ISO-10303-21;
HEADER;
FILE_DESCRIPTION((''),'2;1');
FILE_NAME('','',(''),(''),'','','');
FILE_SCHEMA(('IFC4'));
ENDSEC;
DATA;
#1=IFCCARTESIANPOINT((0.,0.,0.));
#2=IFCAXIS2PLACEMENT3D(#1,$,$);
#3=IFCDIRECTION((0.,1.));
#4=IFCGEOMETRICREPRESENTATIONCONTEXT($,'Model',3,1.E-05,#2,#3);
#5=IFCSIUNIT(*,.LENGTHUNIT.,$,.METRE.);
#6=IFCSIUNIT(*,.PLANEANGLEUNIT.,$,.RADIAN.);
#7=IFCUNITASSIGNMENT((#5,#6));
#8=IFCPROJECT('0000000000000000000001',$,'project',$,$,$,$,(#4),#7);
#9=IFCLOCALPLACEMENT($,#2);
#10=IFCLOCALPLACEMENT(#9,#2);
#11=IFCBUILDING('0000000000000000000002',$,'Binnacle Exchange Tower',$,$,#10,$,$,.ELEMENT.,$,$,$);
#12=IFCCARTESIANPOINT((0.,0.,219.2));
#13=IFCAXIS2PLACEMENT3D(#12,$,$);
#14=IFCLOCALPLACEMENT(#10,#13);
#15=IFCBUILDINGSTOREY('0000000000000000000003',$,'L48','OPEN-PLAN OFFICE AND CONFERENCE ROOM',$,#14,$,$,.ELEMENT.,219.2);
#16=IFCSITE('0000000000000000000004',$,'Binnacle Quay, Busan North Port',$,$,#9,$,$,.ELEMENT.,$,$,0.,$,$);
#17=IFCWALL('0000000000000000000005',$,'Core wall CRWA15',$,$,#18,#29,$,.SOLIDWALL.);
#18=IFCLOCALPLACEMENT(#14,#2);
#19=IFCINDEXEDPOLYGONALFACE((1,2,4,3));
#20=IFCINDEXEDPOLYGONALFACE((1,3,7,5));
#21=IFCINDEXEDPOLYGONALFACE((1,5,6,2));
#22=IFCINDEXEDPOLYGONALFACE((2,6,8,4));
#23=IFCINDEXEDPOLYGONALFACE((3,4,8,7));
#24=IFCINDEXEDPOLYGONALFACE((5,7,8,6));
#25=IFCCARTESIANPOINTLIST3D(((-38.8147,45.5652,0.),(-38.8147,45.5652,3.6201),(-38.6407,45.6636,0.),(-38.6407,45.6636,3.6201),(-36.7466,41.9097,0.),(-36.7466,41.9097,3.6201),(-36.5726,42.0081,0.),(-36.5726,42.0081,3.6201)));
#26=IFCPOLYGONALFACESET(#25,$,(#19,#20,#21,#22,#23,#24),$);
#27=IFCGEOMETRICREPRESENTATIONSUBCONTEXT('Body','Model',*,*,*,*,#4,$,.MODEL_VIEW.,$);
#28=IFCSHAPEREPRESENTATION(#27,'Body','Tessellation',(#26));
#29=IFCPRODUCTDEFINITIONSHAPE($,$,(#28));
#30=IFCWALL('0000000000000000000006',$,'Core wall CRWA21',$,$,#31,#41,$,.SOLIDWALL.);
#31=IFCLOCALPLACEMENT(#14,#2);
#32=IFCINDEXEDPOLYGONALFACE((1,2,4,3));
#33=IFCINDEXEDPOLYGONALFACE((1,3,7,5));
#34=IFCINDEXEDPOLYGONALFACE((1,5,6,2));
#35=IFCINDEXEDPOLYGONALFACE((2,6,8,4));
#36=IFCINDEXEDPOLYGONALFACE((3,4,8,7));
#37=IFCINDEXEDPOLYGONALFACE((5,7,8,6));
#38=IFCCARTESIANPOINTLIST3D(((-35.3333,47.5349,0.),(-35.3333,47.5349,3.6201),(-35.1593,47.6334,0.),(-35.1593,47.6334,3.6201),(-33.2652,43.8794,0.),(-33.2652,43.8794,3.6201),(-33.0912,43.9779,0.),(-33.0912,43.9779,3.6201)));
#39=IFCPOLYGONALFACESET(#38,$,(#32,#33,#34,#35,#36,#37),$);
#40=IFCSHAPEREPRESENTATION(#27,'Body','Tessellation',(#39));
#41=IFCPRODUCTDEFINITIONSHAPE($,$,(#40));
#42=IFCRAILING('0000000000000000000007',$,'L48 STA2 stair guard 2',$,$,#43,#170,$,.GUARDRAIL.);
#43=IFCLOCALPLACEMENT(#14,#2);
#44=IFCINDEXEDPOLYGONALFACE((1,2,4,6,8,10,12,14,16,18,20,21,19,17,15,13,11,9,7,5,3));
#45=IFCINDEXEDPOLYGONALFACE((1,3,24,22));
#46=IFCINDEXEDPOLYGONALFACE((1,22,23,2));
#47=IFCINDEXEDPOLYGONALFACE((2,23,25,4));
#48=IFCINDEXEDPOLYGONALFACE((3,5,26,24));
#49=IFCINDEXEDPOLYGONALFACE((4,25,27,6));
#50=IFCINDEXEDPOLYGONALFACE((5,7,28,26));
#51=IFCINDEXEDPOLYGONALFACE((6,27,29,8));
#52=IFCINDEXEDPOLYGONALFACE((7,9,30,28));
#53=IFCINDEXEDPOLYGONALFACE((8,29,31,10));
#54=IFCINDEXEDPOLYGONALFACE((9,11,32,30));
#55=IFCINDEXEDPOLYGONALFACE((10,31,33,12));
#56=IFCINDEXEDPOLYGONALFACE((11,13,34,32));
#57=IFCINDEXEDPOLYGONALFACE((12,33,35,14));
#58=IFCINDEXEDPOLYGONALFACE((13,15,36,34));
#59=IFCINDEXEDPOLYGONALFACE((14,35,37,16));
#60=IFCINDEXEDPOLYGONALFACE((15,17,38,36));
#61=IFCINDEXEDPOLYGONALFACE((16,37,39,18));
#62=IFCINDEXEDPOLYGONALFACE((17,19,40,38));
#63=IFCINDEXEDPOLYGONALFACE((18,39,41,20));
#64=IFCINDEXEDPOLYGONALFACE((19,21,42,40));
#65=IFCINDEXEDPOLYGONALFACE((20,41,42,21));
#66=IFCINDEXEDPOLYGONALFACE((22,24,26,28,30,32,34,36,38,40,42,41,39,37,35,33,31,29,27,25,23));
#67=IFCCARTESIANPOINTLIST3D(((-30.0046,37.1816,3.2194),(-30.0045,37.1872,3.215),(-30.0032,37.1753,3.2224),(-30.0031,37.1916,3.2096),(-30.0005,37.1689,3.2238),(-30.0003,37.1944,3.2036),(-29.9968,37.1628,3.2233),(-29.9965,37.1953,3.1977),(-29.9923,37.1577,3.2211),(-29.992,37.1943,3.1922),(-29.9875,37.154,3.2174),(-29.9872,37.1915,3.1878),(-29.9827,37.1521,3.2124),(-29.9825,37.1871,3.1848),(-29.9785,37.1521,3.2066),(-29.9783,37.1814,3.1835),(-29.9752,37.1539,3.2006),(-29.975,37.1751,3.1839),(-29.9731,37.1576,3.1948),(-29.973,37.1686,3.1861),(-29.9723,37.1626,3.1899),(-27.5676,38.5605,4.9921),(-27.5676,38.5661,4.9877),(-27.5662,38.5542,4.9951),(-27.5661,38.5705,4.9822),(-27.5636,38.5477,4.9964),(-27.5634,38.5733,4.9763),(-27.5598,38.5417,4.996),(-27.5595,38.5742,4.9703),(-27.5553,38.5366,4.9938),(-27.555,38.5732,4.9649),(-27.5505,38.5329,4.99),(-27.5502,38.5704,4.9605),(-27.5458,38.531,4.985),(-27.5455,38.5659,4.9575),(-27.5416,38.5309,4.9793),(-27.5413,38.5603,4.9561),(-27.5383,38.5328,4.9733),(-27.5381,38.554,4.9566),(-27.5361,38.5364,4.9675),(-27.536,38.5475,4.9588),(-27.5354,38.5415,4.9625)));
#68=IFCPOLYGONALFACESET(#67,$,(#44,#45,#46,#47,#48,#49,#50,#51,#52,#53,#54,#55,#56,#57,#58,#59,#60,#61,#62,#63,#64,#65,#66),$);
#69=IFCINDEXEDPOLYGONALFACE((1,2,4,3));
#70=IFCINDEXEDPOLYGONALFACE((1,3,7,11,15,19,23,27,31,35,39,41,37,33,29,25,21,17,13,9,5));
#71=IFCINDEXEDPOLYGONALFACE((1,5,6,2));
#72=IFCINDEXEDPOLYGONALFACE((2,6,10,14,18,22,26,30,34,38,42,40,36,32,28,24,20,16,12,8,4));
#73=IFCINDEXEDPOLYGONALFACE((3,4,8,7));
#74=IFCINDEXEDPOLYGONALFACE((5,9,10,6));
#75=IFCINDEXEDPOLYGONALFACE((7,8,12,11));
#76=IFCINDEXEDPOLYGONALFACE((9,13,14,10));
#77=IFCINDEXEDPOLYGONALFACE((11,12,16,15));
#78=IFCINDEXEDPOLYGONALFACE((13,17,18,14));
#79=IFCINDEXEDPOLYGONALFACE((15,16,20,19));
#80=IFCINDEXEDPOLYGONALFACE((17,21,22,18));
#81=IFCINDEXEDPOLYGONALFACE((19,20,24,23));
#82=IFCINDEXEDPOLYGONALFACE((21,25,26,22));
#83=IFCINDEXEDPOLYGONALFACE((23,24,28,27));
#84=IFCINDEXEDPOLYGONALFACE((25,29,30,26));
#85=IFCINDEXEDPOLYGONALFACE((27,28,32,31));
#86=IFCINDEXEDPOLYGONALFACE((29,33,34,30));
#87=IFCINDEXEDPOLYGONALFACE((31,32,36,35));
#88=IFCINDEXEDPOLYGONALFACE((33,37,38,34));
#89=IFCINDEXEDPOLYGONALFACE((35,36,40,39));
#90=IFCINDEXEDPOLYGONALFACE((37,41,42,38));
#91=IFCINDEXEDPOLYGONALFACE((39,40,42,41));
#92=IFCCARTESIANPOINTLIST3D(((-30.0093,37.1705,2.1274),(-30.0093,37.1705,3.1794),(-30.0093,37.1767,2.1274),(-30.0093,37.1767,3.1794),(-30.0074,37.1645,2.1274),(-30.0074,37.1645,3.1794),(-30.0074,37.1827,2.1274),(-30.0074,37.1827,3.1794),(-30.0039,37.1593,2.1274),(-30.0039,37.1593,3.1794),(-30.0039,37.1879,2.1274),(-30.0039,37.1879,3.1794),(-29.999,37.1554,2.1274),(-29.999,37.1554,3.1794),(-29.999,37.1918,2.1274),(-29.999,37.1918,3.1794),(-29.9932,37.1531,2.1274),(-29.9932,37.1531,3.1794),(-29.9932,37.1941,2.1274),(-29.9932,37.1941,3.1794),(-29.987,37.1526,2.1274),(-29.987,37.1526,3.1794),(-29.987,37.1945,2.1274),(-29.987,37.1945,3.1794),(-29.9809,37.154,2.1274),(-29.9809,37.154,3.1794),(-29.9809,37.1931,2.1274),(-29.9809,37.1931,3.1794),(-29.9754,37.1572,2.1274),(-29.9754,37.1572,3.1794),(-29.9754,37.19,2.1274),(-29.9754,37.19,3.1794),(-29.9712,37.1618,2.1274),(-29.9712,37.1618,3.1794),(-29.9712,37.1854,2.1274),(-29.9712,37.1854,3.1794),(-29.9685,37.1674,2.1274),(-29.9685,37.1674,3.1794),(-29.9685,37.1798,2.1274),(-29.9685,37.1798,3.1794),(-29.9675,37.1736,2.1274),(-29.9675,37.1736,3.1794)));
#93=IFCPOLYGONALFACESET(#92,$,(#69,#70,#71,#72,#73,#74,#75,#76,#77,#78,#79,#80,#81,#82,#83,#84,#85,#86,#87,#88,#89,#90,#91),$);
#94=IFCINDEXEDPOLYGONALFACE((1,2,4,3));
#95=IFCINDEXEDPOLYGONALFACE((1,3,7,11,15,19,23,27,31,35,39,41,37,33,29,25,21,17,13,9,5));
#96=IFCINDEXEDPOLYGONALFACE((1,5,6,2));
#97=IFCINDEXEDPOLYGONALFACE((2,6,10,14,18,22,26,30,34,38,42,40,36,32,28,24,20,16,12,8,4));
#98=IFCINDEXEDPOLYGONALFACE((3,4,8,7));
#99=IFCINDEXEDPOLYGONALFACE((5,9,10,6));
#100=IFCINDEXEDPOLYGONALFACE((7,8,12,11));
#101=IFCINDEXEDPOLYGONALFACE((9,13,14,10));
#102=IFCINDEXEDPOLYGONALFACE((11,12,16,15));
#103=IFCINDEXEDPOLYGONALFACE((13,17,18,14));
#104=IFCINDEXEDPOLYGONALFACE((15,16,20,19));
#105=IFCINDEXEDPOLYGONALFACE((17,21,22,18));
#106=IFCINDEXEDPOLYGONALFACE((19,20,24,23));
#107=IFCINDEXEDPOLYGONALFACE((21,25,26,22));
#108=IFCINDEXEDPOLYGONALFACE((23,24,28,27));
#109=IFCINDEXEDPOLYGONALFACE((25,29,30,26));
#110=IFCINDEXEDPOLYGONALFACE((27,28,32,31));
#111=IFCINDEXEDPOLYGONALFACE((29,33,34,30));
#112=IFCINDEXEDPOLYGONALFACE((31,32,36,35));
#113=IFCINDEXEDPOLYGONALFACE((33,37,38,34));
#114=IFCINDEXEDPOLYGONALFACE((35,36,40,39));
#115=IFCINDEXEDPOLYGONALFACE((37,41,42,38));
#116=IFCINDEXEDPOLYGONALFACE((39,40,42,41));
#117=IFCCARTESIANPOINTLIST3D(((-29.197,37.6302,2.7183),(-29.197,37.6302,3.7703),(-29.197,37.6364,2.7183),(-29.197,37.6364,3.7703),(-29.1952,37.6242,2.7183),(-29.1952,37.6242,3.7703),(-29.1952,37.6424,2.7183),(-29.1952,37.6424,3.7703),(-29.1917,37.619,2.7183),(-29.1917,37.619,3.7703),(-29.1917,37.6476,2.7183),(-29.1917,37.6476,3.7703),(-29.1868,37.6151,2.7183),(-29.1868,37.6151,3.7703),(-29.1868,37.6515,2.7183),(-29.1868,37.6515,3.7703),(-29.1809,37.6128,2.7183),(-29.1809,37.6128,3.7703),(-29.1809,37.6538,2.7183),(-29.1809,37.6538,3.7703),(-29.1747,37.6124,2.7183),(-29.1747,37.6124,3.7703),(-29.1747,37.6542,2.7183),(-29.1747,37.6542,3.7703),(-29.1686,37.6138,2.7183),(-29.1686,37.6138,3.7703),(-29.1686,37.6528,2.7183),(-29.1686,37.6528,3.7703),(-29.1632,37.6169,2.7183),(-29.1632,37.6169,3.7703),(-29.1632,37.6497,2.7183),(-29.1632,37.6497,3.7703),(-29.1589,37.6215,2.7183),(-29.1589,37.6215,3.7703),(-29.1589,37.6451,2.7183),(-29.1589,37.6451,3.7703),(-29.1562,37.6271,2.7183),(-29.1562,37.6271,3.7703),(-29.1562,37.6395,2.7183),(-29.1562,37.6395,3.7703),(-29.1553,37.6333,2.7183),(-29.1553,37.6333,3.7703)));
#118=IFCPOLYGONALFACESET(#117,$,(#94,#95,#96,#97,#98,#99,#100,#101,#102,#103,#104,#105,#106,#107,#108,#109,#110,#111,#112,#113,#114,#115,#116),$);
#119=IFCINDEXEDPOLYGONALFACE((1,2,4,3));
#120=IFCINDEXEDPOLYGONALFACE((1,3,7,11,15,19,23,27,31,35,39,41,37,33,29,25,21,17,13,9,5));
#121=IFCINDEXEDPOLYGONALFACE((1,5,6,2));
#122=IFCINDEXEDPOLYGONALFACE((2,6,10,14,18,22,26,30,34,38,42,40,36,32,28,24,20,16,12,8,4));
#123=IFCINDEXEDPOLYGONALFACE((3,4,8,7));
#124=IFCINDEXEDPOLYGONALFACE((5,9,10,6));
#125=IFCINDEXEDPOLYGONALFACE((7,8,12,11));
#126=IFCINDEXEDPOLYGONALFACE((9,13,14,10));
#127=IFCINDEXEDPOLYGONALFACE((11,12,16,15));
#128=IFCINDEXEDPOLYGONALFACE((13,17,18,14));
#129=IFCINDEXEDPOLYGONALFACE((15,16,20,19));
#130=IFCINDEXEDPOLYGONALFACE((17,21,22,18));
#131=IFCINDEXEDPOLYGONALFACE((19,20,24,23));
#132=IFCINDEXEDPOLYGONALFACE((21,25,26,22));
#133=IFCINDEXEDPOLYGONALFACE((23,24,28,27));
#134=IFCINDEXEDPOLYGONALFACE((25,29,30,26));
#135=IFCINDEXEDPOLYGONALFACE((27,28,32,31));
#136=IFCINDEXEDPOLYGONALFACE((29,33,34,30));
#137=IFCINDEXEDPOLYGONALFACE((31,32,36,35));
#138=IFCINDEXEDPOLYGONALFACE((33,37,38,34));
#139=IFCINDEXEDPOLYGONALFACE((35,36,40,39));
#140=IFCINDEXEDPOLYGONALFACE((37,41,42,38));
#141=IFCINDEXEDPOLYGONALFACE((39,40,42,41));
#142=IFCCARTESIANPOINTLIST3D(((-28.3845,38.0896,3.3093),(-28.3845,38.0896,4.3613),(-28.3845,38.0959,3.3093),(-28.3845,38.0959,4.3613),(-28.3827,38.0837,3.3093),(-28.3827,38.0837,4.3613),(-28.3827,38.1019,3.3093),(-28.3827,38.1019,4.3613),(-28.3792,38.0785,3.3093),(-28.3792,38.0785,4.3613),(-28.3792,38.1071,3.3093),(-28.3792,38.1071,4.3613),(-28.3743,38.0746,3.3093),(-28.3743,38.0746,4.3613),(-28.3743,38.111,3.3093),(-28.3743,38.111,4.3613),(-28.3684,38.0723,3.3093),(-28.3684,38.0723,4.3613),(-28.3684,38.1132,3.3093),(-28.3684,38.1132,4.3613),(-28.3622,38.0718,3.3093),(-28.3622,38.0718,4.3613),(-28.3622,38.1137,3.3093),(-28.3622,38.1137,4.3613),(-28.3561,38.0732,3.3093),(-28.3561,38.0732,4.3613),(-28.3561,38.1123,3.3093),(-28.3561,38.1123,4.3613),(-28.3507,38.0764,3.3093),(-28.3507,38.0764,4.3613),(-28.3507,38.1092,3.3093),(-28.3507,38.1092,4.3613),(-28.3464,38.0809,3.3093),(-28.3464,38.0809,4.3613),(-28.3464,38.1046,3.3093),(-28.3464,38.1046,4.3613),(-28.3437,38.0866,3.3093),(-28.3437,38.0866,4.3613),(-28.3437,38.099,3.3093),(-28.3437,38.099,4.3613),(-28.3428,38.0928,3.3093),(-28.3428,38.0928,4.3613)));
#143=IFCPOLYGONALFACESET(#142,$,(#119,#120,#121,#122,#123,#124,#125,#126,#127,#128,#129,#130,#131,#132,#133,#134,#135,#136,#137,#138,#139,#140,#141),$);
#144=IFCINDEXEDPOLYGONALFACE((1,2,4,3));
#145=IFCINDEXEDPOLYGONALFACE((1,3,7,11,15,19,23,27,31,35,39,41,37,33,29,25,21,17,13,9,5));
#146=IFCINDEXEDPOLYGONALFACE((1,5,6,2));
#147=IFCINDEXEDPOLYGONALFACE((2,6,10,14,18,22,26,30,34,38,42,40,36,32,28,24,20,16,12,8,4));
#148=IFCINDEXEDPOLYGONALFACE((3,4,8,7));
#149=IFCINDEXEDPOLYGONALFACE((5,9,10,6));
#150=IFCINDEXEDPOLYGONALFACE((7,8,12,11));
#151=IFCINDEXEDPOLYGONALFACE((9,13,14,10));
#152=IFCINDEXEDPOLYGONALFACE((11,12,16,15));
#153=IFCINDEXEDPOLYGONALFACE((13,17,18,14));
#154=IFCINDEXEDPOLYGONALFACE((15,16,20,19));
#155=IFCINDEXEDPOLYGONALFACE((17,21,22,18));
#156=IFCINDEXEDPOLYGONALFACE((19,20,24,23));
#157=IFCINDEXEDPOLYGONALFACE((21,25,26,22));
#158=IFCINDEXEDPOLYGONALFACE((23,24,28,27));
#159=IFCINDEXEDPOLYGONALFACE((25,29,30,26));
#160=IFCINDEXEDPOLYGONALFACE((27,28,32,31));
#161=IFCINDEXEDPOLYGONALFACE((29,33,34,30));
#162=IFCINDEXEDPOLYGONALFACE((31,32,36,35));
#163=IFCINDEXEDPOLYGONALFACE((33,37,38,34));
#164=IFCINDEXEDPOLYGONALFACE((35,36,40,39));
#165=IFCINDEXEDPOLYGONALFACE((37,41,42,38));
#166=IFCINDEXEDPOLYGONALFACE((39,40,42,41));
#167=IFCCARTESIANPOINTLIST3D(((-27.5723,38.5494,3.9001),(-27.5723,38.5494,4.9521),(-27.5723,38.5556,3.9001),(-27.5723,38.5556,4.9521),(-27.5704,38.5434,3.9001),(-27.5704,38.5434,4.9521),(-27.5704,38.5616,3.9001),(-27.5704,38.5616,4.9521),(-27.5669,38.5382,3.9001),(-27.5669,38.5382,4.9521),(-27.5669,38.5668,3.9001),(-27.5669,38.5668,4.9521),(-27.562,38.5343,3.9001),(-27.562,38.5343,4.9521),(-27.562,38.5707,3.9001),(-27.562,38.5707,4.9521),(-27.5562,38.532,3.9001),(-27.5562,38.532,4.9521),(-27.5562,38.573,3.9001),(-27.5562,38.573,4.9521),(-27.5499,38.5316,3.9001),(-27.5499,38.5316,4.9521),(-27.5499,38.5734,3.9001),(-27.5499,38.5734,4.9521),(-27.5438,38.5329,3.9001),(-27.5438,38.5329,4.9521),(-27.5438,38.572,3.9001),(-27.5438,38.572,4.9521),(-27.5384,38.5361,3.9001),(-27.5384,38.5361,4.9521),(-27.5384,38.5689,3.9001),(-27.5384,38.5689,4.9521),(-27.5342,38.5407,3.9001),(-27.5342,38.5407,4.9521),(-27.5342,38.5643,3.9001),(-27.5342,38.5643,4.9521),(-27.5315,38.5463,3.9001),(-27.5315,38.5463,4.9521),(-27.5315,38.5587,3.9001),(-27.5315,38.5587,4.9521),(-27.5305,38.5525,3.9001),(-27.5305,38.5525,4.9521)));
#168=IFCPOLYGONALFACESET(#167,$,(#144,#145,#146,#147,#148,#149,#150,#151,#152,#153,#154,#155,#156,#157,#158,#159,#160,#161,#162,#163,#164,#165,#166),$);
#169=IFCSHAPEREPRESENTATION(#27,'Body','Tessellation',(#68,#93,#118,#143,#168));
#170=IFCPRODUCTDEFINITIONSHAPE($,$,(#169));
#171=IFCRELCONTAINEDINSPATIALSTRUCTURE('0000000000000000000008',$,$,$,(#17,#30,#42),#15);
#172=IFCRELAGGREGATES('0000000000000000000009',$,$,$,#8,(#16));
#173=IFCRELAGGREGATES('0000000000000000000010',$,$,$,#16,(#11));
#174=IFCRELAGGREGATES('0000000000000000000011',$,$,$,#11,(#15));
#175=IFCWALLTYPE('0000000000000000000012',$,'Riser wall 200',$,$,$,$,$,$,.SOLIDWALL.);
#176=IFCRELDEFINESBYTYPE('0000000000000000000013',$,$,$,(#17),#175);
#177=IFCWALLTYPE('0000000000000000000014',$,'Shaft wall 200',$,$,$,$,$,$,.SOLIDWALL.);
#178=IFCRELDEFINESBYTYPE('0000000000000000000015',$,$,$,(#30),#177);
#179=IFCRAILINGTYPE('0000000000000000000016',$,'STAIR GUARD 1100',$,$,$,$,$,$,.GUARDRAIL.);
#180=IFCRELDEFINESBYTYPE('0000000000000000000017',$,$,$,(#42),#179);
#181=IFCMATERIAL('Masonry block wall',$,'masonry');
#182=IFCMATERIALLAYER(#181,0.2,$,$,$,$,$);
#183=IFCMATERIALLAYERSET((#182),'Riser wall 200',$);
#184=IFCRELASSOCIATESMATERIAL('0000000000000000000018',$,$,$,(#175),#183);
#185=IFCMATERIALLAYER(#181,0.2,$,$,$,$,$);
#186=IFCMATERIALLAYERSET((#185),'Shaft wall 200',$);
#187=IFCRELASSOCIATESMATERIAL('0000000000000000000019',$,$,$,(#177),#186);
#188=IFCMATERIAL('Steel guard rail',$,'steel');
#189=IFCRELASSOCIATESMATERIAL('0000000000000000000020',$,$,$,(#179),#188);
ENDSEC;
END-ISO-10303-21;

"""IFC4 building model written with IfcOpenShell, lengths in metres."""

from ifc_helpers import new_model, si_unit, direction, frame, frame_2d, origin, origin_2d, place, context, subcontext, project, spatial, rectangle, circle, extrude, material, layer, layer_set, type_object, element, save


model = new_model("IFC4")

# Units and contexts
model_context = context("Model", 3, precision=1e-05, world=origin(), true_north=direction((0.0, 1.0)))
body_context = subcontext(model_context, "Body", "Model", "MODEL_VIEW")
ifc_project = project(units=[si_unit("LENGTHUNIT", "METRE"), si_unit("PLANEANGLEUNIT", "RADIAN")], contexts=[model_context])

# Site, building, storey
site_placement = place(None, origin())
site = spatial("IfcSite", under=ifc_project, at=site_placement, Name="Binnacle Quay, Busan North Port", CompositionType="ELEMENT", RefElevation=0.0)
building_placement = place(site_placement, origin())
building = spatial("IfcBuilding", under=site, at=building_placement, Name="Binnacle Exchange Tower", CompositionType="ELEMENT")
storey_placement = place(building_placement, frame((0.0, 0.0, 219.2)))
storey = spatial("IfcBuildingStorey", under=building, at=storey_placement, Name="L48", Description="OPEN-PLAN OFFICE AND CONFERENCE ROOM", CompositionType="ELEMENT", Elevation=219.2)

# Shared definitions
ifc_material_1 = material(Name="Masonry block wall", Category="masonry")

# Walls
ifc_layer_1 = layer(ifc_material_1, 0.2)
ifc_layer_set_1 = layer_set([ifc_layer_1], Name="Riser wall 200")
wall_type_1 = type_object("IfcWallType", Name="Riser wall 200", PredefinedType="SOLIDWALL", material=ifc_layer_set_1)
wall_1_placement = place(storey_placement, frame((-38.7278, 45.6145, 0.0), z_axis=(0.0, 0.0, 1.0), x_axis=(0.49241, -0.870364, 0.0)))
element("IfcWall", 1, at=wall_1_placement, inside=storey, type_object=wall_type_1, Name="Core wall CRWA15", PredefinedType="SOLIDWALL", context=body_context, shape_type="SweptSolid", body=[
    extrude(rectangle(XDim=4.2, YDim=0.2, at=frame_2d((2.1001, 0.0))), origin(), (0.0, 0.0, 1.0), 3.6201),
])
ifc_layer_2 = layer(ifc_material_1, 0.2)
ifc_layer_set_2 = layer_set([ifc_layer_2], Name="Shaft wall 200")
wall_type_2 = type_object("IfcWallType", Name="Shaft wall 200", PredefinedType="SOLIDWALL", material=ifc_layer_set_2)
wall_2_placement = place(storey_placement, frame((-35.2463, 47.5842, 0.0), z_axis=(0.0, 0.0, 1.0), x_axis=(0.49241, -0.870364, 0.0)))
element("IfcWall", 2, at=wall_2_placement, inside=storey, type_object=wall_type_2, Name="Core wall CRWA21", PredefinedType="SOLIDWALL", context=body_context, shape_type="SweptSolid", body=[
    extrude(rectangle(XDim=4.2, YDim=0.2, at=frame_2d((2.1001, 0.0))), origin(), (0.0, 0.0, 1.0), 3.6201),
])

# Railing
ifc_material_2 = material(Name="Steel guard rail", Category="steel")
railing_type = type_object("IfcRailingType", Name="STAIR GUARD 1100", PredefinedType="GUARDRAIL", material=ifc_material_2)
railing_placement = place(storey_placement, frame((-29.9885, 37.1736, 2.1274)))
element("IfcRailing", 3, at=railing_placement, inside=storey, type_object=railing_type, Name="L48 STA2 stair guard 2", PredefinedType="GUARDRAIL", context=body_context, shape_type="SweptSolid", body=[
    extrude(circle(Radius=0.0239, at=origin_2d()), frame((0.0, 0.0, 1.0762), z_axis=(0.735359, 0.41608, 0.534907), x_axis=(-0.492454, 0.870339, 0.0)), (0.0, 0.0, 1.0), 3.314),
    extrude(circle(Radius=0.021, at=origin_2d()), origin(), (0.0, 0.0, 1.0), 1.052),
    extrude(circle(Radius=0.021, at=origin_2d()), frame((0.8123, 0.4597, 0.5908)), (0.0, 0.0, 1.0), 1.052),
    extrude(circle(Radius=0.021, at=origin_2d()), frame((1.6248, 0.9192, 1.1819)), (0.0, 0.0, 1.0), 1.052),
    extrude(circle(Radius=0.021, at=origin_2d()), frame((2.437, 1.3789, 1.7727)), (0.0, 0.0, 1.0), 1.052),
])

save(model, "model.ifc")
